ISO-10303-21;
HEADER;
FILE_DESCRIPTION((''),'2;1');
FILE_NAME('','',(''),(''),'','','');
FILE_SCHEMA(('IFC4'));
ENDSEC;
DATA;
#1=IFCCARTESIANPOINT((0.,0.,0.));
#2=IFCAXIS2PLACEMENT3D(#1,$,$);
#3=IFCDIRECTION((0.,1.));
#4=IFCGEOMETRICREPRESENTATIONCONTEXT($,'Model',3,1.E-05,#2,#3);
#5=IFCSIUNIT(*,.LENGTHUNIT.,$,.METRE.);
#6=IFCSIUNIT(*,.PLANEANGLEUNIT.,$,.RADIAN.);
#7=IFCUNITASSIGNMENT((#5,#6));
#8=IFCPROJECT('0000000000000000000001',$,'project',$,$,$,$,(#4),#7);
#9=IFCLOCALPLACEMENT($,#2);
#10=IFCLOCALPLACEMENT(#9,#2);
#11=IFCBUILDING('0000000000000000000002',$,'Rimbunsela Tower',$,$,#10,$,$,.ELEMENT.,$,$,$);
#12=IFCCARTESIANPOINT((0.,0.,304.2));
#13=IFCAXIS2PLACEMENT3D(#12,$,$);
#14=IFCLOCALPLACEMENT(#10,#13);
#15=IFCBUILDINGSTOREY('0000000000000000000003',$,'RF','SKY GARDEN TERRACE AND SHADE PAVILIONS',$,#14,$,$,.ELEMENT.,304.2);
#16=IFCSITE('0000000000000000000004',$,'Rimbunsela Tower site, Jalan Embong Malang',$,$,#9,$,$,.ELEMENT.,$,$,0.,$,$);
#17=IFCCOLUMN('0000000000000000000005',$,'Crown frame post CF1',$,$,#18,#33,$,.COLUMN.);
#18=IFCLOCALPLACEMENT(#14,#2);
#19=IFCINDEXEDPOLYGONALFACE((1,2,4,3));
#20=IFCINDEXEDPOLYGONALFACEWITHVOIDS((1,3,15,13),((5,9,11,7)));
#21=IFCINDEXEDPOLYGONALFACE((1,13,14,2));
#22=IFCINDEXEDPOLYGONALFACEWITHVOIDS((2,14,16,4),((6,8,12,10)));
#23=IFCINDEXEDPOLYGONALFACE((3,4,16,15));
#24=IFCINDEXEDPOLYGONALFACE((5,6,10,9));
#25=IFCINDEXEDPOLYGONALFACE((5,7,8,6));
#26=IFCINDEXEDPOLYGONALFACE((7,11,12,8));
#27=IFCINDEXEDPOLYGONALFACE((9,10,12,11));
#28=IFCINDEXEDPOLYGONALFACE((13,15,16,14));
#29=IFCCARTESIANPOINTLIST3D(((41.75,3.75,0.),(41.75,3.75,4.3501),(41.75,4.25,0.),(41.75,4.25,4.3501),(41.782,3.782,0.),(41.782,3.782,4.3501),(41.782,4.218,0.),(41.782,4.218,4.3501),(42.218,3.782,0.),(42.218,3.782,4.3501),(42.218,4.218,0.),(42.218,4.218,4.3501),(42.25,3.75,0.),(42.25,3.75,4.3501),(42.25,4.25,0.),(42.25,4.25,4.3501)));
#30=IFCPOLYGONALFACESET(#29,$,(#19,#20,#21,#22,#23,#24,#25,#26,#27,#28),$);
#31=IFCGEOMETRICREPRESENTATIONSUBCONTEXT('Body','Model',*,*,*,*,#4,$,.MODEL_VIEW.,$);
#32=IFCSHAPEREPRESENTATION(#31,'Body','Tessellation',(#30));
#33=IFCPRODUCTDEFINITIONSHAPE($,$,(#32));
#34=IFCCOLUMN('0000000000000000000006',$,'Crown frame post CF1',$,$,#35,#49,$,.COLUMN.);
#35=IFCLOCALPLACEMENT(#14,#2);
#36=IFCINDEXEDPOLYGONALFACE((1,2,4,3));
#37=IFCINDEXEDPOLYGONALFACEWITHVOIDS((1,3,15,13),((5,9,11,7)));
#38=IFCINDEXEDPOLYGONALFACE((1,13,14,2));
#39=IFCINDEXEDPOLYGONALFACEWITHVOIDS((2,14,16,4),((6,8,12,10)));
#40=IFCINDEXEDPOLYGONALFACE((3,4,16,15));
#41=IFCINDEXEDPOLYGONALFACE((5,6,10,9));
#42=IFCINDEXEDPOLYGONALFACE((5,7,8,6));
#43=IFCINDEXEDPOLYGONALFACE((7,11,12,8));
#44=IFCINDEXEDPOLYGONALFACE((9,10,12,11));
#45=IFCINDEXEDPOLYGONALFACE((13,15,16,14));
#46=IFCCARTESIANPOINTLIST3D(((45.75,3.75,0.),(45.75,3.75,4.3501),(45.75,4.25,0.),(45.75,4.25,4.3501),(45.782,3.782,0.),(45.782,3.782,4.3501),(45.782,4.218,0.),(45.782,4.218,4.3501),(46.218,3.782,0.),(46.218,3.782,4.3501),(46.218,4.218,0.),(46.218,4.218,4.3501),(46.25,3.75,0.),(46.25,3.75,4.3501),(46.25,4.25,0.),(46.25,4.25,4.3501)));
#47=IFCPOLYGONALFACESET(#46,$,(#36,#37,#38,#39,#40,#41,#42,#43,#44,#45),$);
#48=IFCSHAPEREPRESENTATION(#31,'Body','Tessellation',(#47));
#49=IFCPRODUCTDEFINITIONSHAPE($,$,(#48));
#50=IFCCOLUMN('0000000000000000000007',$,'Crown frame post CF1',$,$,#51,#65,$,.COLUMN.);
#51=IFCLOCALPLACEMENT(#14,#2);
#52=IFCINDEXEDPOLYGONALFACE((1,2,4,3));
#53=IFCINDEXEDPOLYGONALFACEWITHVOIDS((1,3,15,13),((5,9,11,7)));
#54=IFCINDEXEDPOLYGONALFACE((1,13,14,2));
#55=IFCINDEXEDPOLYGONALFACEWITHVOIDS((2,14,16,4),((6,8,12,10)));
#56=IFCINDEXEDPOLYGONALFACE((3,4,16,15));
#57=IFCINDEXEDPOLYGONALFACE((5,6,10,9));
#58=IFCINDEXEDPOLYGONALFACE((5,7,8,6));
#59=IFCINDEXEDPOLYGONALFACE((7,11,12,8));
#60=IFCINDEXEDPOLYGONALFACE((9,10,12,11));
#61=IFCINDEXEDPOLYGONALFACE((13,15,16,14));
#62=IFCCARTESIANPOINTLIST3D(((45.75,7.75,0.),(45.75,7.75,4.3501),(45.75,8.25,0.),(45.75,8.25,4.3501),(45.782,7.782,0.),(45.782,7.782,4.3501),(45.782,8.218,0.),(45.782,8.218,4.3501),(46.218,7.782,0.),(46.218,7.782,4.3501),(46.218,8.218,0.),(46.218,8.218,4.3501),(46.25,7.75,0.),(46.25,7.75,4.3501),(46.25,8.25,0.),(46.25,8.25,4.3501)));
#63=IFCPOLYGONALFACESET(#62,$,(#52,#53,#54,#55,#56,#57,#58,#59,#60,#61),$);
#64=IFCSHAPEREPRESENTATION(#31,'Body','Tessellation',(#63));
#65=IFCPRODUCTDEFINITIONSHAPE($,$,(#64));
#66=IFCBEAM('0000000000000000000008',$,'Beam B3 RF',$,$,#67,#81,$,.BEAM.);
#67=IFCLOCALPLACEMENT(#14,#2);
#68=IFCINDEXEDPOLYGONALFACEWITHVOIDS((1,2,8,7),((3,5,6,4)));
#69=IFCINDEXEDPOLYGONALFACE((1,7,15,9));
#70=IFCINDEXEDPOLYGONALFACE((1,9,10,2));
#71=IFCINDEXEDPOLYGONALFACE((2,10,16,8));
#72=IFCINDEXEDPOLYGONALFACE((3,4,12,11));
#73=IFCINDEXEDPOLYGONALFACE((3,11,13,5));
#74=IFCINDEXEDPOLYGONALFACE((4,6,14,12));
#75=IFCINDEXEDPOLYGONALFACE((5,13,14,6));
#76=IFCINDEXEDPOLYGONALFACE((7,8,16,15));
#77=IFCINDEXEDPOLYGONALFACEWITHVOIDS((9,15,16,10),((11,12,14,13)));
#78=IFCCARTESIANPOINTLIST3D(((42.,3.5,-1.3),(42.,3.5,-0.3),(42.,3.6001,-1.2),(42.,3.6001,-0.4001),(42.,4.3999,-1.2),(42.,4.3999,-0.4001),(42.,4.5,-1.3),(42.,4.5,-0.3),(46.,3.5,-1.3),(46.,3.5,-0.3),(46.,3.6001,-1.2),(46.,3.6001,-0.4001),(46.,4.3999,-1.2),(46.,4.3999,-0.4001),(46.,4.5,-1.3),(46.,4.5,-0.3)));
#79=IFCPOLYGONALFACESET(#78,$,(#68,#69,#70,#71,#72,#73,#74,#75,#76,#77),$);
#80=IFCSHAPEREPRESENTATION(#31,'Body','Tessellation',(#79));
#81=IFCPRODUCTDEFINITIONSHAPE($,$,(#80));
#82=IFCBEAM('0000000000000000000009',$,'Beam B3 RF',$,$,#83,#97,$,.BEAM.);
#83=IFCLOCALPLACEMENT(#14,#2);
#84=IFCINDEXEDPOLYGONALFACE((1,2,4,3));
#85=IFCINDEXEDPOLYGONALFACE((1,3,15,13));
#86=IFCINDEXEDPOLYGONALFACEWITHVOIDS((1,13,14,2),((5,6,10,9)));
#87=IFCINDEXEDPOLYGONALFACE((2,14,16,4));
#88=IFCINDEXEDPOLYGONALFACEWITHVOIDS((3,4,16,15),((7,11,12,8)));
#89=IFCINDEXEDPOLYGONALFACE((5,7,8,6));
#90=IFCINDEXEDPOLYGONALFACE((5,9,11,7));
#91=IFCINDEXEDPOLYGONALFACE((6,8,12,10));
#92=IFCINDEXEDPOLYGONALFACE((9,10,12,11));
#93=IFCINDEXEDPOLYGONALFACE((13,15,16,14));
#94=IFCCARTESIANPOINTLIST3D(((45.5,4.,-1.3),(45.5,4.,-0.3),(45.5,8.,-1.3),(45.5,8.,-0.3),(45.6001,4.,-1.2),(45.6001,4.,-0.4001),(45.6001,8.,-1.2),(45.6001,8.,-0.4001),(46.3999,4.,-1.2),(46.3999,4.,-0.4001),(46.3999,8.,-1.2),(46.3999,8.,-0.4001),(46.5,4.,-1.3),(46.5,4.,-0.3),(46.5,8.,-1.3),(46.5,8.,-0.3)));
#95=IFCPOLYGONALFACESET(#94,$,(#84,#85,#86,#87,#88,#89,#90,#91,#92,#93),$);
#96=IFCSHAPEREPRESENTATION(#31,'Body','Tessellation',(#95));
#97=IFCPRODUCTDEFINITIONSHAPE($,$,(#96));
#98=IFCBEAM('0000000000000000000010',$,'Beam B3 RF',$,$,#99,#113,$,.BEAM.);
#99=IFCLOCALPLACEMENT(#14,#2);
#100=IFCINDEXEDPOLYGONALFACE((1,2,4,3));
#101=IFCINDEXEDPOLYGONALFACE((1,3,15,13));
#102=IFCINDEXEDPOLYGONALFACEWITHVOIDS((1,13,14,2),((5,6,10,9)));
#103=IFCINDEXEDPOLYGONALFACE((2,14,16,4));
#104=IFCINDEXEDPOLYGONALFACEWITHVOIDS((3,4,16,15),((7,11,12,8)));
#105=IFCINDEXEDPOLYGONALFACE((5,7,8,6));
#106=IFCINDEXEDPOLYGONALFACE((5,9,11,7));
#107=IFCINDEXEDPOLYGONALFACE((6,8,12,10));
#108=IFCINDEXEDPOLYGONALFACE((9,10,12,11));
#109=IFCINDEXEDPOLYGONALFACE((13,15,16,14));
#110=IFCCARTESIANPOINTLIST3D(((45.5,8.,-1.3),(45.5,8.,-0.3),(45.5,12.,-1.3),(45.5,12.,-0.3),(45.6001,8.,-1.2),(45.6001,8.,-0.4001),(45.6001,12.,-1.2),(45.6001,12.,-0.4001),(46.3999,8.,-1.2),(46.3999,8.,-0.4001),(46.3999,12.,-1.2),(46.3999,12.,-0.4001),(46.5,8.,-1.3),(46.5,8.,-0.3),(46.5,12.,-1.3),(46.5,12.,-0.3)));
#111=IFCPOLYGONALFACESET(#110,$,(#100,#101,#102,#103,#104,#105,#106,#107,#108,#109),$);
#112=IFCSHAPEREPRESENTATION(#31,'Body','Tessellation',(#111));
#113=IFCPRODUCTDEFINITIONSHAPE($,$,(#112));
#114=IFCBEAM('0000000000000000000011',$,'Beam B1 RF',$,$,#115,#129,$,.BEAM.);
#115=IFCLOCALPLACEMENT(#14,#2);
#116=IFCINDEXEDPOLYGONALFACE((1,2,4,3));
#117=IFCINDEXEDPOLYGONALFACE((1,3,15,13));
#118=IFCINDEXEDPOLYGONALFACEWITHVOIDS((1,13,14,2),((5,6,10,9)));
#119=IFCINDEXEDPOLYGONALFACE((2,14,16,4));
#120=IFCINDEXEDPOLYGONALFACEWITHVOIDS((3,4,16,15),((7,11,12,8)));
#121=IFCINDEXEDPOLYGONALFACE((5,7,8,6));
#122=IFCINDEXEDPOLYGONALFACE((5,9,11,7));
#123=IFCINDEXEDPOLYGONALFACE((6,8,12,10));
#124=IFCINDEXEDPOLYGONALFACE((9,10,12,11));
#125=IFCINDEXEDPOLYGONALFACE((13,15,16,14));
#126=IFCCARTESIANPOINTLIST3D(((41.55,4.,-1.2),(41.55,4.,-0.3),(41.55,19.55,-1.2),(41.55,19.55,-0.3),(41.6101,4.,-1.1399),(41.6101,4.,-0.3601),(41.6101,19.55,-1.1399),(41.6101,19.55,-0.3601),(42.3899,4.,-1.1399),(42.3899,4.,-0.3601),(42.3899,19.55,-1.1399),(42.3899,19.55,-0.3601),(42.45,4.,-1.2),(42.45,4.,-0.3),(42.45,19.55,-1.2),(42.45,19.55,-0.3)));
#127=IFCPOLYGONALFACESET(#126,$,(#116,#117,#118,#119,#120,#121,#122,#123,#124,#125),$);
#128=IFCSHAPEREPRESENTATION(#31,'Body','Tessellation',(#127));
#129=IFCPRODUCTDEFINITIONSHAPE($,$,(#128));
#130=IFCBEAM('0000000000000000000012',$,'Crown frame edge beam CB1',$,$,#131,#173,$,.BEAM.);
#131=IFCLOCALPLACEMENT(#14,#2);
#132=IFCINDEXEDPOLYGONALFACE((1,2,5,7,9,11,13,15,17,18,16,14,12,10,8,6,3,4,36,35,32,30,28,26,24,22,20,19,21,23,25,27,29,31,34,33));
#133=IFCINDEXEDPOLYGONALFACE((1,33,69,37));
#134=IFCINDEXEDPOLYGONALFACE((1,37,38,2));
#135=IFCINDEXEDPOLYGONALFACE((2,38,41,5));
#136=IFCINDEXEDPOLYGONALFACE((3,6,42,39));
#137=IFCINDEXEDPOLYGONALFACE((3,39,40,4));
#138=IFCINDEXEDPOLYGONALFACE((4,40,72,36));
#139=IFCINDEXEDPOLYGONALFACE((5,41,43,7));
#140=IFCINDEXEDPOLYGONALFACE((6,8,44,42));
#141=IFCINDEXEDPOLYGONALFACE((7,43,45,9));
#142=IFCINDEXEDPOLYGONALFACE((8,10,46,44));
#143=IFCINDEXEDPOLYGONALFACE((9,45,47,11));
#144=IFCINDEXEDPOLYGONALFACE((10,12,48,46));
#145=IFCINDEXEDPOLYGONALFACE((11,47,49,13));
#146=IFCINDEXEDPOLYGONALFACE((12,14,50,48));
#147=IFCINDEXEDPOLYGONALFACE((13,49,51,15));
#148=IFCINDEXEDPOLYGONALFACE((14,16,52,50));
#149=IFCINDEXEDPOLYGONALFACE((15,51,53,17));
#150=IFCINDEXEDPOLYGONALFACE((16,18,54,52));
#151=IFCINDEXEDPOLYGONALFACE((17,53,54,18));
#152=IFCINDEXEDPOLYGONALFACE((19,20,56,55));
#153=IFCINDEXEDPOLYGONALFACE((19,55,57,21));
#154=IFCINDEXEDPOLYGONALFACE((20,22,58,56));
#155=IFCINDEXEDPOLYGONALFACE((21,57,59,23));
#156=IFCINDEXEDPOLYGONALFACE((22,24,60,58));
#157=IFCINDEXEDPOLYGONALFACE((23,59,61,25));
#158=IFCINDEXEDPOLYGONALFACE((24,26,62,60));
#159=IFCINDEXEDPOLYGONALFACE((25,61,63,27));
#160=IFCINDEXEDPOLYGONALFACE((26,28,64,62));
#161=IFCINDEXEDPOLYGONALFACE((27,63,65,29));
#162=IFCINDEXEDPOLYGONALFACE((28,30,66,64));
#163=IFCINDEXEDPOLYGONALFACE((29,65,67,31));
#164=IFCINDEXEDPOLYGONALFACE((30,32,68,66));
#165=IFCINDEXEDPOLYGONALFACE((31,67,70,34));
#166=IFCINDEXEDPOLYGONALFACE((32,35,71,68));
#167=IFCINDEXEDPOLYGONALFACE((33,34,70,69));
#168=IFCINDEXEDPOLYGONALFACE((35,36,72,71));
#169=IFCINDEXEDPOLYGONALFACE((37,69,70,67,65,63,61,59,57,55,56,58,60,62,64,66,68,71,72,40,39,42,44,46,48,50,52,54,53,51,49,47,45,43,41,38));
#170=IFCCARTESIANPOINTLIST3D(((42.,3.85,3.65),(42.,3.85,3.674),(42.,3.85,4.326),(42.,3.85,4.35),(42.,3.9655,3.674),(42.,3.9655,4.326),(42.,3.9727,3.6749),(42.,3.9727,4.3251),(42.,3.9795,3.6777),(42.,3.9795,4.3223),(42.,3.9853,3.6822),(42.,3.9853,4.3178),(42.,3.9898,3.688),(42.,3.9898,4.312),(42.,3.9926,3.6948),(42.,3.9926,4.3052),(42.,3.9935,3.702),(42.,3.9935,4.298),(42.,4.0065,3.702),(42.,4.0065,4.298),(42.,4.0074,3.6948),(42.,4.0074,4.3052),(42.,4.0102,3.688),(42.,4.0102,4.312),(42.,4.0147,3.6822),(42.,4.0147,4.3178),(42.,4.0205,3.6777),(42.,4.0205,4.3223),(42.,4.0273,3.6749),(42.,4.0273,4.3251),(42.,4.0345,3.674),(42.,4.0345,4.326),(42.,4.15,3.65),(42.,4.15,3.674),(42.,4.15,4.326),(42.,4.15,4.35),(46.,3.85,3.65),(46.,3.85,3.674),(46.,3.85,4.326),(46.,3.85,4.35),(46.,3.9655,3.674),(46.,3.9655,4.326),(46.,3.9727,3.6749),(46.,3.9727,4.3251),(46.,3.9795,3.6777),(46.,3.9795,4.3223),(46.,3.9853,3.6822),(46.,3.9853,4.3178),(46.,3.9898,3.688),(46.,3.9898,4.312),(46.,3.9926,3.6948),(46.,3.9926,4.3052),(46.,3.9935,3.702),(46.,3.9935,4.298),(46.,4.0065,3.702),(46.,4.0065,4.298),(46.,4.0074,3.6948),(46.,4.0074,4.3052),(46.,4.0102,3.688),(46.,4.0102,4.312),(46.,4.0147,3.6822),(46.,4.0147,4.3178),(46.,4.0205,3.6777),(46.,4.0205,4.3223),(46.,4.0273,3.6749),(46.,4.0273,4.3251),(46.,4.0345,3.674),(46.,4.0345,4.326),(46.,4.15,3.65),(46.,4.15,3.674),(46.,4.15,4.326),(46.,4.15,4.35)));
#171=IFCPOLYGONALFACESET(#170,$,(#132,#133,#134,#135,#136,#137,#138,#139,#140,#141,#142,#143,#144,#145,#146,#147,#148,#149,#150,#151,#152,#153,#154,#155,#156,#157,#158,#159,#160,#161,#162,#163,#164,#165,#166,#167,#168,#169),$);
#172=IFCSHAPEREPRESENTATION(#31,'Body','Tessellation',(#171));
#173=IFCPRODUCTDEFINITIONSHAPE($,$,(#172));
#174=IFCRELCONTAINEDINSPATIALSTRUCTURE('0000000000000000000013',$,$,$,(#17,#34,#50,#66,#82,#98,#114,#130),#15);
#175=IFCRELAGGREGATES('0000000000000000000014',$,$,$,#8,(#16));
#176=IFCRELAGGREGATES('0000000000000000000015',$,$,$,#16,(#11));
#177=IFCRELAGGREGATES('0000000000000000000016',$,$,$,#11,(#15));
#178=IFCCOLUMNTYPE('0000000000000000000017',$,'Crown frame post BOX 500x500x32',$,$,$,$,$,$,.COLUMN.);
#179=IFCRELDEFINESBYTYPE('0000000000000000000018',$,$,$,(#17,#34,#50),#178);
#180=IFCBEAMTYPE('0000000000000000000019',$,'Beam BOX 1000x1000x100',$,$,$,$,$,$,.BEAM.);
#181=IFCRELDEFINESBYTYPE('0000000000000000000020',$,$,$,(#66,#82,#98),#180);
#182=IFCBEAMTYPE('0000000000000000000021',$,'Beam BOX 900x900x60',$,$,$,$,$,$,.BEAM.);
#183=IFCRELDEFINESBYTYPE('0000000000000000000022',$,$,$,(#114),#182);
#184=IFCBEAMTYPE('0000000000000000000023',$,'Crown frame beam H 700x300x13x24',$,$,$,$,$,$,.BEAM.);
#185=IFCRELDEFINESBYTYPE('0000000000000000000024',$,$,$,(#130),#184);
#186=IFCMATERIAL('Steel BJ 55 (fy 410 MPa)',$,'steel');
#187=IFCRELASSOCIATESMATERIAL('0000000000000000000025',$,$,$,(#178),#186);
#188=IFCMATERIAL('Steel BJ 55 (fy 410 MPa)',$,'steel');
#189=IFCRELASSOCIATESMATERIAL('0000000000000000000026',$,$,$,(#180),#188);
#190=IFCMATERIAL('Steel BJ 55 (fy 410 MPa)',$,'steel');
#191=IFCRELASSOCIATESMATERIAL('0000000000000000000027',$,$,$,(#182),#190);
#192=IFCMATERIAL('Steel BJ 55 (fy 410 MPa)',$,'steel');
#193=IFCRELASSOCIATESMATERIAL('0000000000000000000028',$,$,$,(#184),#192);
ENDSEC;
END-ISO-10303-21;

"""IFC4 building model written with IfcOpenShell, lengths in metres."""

from ifc_helpers import new_model, si_unit, direction, frame, origin, origin_2d, place, context, subcontext, project, spatial, hollow_rectangle, i_section, extrude, material, material_profile, profile_set, type_object, element, save


model = new_model("IFC4")

# Units and contexts
model_context = context("Model", 3, precision=1e-05, world=origin(), true_north=direction((0.0, 1.0)))
body_context = subcontext(model_context, "Body", "Model", "MODEL_VIEW")
ifc_project = project(units=[si_unit("LENGTHUNIT", "METRE"), si_unit("PLANEANGLEUNIT", "RADIAN")], contexts=[model_context])

# Site, building, storey
site_placement = place(None, origin())
site = spatial("IfcSite", under=ifc_project, at=site_placement, Name="Rimbunsela Tower site, Jalan Embong Malang", CompositionType="ELEMENT", RefElevation=0.0)
building_placement = place(site_placement, origin())
building = spatial("IfcBuilding", under=site, at=building_placement, Name="Rimbunsela Tower", CompositionType="ELEMENT")
storey_placement = place(building_placement, frame((0.0, 0.0, 304.2)))
storey = spatial("IfcBuildingStorey", under=building, at=storey_placement, Name="RF", Description="SKY GARDEN TERRACE AND SHADE PAVILIONS", CompositionType="ELEMENT", Elevation=304.2)

# Columns
ifc_material_1 = material(Name="Steel BJ 55 (fy 410 MPa)", Category="steel")
ifc_material_profile_1 = material_profile(ifc_material_1, hollow_rectangle(XDim=0.5, YDim=0.5, WallThickness=0.032, at=origin_2d()), Name="BOX 500x500x32")
ifc_profile_set_1 = profile_set([ifc_material_profile_1], Name="Steel BJ 55 (fy 410 MPa)")
column_type = type_object("IfcColumnType", Name="Crown frame post BOX 500x500x32", PredefinedType="COLUMN", material=ifc_profile_set_1)
for number, where, z_axis, x_axis, name in (
    (1, (42.0, 4.0, 0.0), (0.0, 0.0, 1.0), (1.0, 0.0, 0.0), "Crown frame post CF1"),
    (2, (46.0, 4.0, 0.0), (0.0, 0.0, 1.0), (1.0, 0.0, 0.0), "Crown frame post CF1"),
    (3, (46.0, 8.0, 0.0), (0.0, 0.0, 1.0), (1.0, 0.0, 0.0), "Crown frame post CF1"),
):
    element("IfcColumn", number, at=place(storey_placement, frame(where, z_axis=z_axis, x_axis=x_axis)), inside=storey, type_object=column_type, Name=name, PredefinedType="COLUMN", context=body_context, shape_type="SweptSolid", body=[
        extrude(hollow_rectangle(XDim=0.5, YDim=0.5, WallThickness=0.032, at=origin_2d()), origin(), (0.0, 0.0, 1.0), 4.3501),
    ])

# Beams
ifc_material_2 = material(Name="Steel BJ 55 (fy 410 MPa)", Category="steel")
ifc_material_profile_2 = material_profile(ifc_material_2, hollow_rectangle(XDim=1.0, YDim=1.0, WallThickness=0.1001, at=origin_2d()), Name="BOX 1000x1000x100")
ifc_profile_set_2 = profile_set([ifc_material_profile_2], Name="Steel BJ 55 (fy 410 MPa)")
beam_type_1 = type_object("IfcBeamType", Name="Beam BOX 1000x1000x100", PredefinedType="BEAM", material=ifc_profile_set_2)
for number, where, z_axis, x_axis, name in (
    (4, (42.0, 4.0, -0.8), (1.0, 0.0, 0.0), (0.0, 1.0, 0.0), "Beam B3 RF"),
    (5, (46.0, 4.0, -0.8), (0.0, 1.0, 0.0), (-1.0, 0.0, 0.0), "Beam B3 RF"),
    (6, (46.0, 8.0, -0.8), (0.0, 1.0, 0.0), (-1.0, 0.0, 0.0), "Beam B3 RF"),
):
    element("IfcBeam", number, at=place(storey_placement, frame(where, z_axis=z_axis, x_axis=x_axis)), inside=storey, type_object=beam_type_1, Name=name, PredefinedType="BEAM", context=body_context, shape_type="SweptSolid", body=[
        extrude(hollow_rectangle(XDim=1.0, YDim=1.0, WallThickness=0.1001, at=origin_2d()), origin(), (0.0, 0.0, 1.0), 4.0),
    ])
ifc_material_3 = material(Name="Steel BJ 55 (fy 410 MPa)", Category="steel")
ifc_material_profile_3 = material_profile(ifc_material_3, hollow_rectangle(XDim=0.8999, YDim=0.8999, WallThickness=0.0601, at=origin_2d()), Name="BOX 900x900x60")
ifc_profile_set_3 = profile_set([ifc_material_profile_3], Name="Steel BJ 55 (fy 410 MPa)")
beam_type_2 = type_object("IfcBeamType", Name="Beam BOX 900x900x60", PredefinedType="BEAM", material=ifc_profile_set_3)
beam_placement = place(storey_placement, frame((42.0, 4.0, -0.75), z_axis=(0.0, 1.0, 0.0), x_axis=(-1.0, 0.0, 0.0)))
element("IfcBeam", 7, at=beam_placement, inside=storey, type_object=beam_type_2, Name="Beam B1 RF", PredefinedType="BEAM", context=body_context, shape_type="SweptSolid", body=[
    extrude(hollow_rectangle(XDim=0.8999, YDim=0.8999, WallThickness=0.0601, at=origin_2d()), origin(), (0.0, 0.0, 1.0), 15.55),
])
ifc_material_4 = material(Name="Steel BJ 55 (fy 410 MPa)", Category="steel")
ifc_material_profile_4 = material_profile(ifc_material_4, i_section(OverallWidth=0.3, OverallDepth=0.7, WebThickness=0.0129, FlangeThickness=0.0239, FilletRadius=0.0281, at=origin_2d()), Name="H 700x300x13x24")
ifc_profile_set_4 = profile_set([ifc_material_profile_4], Name="Steel BJ 55 (fy 410 MPa)")
beam_type_3 = type_object("IfcBeamType", Name="Crown frame beam H 700x300x13x24", PredefinedType="BEAM", material=ifc_profile_set_4)
for number, where, z_axis, x_axis, name in (
    (8, (42.0, 4.0, 4.0), (1.0, 0.0, 0.0), (0.0, 1.0, 0.0), "Crown frame edge beam CB1"),
):
    element("IfcBeam", number, at=place(storey_placement, frame(where, z_axis=z_axis, x_axis=x_axis)), inside=storey, type_object=beam_type_3, Name=name, PredefinedType="BEAM", context=body_context, shape_type="SweptSolid", body=[
        extrude(i_section(OverallWidth=0.3, OverallDepth=0.7, WebThickness=0.0129, FlangeThickness=0.0239, FilletRadius=0.0281, at=origin_2d()), origin(), (0.0, 0.0, 1.0), 4.0),
    ])

save(model, "model.ifc")
